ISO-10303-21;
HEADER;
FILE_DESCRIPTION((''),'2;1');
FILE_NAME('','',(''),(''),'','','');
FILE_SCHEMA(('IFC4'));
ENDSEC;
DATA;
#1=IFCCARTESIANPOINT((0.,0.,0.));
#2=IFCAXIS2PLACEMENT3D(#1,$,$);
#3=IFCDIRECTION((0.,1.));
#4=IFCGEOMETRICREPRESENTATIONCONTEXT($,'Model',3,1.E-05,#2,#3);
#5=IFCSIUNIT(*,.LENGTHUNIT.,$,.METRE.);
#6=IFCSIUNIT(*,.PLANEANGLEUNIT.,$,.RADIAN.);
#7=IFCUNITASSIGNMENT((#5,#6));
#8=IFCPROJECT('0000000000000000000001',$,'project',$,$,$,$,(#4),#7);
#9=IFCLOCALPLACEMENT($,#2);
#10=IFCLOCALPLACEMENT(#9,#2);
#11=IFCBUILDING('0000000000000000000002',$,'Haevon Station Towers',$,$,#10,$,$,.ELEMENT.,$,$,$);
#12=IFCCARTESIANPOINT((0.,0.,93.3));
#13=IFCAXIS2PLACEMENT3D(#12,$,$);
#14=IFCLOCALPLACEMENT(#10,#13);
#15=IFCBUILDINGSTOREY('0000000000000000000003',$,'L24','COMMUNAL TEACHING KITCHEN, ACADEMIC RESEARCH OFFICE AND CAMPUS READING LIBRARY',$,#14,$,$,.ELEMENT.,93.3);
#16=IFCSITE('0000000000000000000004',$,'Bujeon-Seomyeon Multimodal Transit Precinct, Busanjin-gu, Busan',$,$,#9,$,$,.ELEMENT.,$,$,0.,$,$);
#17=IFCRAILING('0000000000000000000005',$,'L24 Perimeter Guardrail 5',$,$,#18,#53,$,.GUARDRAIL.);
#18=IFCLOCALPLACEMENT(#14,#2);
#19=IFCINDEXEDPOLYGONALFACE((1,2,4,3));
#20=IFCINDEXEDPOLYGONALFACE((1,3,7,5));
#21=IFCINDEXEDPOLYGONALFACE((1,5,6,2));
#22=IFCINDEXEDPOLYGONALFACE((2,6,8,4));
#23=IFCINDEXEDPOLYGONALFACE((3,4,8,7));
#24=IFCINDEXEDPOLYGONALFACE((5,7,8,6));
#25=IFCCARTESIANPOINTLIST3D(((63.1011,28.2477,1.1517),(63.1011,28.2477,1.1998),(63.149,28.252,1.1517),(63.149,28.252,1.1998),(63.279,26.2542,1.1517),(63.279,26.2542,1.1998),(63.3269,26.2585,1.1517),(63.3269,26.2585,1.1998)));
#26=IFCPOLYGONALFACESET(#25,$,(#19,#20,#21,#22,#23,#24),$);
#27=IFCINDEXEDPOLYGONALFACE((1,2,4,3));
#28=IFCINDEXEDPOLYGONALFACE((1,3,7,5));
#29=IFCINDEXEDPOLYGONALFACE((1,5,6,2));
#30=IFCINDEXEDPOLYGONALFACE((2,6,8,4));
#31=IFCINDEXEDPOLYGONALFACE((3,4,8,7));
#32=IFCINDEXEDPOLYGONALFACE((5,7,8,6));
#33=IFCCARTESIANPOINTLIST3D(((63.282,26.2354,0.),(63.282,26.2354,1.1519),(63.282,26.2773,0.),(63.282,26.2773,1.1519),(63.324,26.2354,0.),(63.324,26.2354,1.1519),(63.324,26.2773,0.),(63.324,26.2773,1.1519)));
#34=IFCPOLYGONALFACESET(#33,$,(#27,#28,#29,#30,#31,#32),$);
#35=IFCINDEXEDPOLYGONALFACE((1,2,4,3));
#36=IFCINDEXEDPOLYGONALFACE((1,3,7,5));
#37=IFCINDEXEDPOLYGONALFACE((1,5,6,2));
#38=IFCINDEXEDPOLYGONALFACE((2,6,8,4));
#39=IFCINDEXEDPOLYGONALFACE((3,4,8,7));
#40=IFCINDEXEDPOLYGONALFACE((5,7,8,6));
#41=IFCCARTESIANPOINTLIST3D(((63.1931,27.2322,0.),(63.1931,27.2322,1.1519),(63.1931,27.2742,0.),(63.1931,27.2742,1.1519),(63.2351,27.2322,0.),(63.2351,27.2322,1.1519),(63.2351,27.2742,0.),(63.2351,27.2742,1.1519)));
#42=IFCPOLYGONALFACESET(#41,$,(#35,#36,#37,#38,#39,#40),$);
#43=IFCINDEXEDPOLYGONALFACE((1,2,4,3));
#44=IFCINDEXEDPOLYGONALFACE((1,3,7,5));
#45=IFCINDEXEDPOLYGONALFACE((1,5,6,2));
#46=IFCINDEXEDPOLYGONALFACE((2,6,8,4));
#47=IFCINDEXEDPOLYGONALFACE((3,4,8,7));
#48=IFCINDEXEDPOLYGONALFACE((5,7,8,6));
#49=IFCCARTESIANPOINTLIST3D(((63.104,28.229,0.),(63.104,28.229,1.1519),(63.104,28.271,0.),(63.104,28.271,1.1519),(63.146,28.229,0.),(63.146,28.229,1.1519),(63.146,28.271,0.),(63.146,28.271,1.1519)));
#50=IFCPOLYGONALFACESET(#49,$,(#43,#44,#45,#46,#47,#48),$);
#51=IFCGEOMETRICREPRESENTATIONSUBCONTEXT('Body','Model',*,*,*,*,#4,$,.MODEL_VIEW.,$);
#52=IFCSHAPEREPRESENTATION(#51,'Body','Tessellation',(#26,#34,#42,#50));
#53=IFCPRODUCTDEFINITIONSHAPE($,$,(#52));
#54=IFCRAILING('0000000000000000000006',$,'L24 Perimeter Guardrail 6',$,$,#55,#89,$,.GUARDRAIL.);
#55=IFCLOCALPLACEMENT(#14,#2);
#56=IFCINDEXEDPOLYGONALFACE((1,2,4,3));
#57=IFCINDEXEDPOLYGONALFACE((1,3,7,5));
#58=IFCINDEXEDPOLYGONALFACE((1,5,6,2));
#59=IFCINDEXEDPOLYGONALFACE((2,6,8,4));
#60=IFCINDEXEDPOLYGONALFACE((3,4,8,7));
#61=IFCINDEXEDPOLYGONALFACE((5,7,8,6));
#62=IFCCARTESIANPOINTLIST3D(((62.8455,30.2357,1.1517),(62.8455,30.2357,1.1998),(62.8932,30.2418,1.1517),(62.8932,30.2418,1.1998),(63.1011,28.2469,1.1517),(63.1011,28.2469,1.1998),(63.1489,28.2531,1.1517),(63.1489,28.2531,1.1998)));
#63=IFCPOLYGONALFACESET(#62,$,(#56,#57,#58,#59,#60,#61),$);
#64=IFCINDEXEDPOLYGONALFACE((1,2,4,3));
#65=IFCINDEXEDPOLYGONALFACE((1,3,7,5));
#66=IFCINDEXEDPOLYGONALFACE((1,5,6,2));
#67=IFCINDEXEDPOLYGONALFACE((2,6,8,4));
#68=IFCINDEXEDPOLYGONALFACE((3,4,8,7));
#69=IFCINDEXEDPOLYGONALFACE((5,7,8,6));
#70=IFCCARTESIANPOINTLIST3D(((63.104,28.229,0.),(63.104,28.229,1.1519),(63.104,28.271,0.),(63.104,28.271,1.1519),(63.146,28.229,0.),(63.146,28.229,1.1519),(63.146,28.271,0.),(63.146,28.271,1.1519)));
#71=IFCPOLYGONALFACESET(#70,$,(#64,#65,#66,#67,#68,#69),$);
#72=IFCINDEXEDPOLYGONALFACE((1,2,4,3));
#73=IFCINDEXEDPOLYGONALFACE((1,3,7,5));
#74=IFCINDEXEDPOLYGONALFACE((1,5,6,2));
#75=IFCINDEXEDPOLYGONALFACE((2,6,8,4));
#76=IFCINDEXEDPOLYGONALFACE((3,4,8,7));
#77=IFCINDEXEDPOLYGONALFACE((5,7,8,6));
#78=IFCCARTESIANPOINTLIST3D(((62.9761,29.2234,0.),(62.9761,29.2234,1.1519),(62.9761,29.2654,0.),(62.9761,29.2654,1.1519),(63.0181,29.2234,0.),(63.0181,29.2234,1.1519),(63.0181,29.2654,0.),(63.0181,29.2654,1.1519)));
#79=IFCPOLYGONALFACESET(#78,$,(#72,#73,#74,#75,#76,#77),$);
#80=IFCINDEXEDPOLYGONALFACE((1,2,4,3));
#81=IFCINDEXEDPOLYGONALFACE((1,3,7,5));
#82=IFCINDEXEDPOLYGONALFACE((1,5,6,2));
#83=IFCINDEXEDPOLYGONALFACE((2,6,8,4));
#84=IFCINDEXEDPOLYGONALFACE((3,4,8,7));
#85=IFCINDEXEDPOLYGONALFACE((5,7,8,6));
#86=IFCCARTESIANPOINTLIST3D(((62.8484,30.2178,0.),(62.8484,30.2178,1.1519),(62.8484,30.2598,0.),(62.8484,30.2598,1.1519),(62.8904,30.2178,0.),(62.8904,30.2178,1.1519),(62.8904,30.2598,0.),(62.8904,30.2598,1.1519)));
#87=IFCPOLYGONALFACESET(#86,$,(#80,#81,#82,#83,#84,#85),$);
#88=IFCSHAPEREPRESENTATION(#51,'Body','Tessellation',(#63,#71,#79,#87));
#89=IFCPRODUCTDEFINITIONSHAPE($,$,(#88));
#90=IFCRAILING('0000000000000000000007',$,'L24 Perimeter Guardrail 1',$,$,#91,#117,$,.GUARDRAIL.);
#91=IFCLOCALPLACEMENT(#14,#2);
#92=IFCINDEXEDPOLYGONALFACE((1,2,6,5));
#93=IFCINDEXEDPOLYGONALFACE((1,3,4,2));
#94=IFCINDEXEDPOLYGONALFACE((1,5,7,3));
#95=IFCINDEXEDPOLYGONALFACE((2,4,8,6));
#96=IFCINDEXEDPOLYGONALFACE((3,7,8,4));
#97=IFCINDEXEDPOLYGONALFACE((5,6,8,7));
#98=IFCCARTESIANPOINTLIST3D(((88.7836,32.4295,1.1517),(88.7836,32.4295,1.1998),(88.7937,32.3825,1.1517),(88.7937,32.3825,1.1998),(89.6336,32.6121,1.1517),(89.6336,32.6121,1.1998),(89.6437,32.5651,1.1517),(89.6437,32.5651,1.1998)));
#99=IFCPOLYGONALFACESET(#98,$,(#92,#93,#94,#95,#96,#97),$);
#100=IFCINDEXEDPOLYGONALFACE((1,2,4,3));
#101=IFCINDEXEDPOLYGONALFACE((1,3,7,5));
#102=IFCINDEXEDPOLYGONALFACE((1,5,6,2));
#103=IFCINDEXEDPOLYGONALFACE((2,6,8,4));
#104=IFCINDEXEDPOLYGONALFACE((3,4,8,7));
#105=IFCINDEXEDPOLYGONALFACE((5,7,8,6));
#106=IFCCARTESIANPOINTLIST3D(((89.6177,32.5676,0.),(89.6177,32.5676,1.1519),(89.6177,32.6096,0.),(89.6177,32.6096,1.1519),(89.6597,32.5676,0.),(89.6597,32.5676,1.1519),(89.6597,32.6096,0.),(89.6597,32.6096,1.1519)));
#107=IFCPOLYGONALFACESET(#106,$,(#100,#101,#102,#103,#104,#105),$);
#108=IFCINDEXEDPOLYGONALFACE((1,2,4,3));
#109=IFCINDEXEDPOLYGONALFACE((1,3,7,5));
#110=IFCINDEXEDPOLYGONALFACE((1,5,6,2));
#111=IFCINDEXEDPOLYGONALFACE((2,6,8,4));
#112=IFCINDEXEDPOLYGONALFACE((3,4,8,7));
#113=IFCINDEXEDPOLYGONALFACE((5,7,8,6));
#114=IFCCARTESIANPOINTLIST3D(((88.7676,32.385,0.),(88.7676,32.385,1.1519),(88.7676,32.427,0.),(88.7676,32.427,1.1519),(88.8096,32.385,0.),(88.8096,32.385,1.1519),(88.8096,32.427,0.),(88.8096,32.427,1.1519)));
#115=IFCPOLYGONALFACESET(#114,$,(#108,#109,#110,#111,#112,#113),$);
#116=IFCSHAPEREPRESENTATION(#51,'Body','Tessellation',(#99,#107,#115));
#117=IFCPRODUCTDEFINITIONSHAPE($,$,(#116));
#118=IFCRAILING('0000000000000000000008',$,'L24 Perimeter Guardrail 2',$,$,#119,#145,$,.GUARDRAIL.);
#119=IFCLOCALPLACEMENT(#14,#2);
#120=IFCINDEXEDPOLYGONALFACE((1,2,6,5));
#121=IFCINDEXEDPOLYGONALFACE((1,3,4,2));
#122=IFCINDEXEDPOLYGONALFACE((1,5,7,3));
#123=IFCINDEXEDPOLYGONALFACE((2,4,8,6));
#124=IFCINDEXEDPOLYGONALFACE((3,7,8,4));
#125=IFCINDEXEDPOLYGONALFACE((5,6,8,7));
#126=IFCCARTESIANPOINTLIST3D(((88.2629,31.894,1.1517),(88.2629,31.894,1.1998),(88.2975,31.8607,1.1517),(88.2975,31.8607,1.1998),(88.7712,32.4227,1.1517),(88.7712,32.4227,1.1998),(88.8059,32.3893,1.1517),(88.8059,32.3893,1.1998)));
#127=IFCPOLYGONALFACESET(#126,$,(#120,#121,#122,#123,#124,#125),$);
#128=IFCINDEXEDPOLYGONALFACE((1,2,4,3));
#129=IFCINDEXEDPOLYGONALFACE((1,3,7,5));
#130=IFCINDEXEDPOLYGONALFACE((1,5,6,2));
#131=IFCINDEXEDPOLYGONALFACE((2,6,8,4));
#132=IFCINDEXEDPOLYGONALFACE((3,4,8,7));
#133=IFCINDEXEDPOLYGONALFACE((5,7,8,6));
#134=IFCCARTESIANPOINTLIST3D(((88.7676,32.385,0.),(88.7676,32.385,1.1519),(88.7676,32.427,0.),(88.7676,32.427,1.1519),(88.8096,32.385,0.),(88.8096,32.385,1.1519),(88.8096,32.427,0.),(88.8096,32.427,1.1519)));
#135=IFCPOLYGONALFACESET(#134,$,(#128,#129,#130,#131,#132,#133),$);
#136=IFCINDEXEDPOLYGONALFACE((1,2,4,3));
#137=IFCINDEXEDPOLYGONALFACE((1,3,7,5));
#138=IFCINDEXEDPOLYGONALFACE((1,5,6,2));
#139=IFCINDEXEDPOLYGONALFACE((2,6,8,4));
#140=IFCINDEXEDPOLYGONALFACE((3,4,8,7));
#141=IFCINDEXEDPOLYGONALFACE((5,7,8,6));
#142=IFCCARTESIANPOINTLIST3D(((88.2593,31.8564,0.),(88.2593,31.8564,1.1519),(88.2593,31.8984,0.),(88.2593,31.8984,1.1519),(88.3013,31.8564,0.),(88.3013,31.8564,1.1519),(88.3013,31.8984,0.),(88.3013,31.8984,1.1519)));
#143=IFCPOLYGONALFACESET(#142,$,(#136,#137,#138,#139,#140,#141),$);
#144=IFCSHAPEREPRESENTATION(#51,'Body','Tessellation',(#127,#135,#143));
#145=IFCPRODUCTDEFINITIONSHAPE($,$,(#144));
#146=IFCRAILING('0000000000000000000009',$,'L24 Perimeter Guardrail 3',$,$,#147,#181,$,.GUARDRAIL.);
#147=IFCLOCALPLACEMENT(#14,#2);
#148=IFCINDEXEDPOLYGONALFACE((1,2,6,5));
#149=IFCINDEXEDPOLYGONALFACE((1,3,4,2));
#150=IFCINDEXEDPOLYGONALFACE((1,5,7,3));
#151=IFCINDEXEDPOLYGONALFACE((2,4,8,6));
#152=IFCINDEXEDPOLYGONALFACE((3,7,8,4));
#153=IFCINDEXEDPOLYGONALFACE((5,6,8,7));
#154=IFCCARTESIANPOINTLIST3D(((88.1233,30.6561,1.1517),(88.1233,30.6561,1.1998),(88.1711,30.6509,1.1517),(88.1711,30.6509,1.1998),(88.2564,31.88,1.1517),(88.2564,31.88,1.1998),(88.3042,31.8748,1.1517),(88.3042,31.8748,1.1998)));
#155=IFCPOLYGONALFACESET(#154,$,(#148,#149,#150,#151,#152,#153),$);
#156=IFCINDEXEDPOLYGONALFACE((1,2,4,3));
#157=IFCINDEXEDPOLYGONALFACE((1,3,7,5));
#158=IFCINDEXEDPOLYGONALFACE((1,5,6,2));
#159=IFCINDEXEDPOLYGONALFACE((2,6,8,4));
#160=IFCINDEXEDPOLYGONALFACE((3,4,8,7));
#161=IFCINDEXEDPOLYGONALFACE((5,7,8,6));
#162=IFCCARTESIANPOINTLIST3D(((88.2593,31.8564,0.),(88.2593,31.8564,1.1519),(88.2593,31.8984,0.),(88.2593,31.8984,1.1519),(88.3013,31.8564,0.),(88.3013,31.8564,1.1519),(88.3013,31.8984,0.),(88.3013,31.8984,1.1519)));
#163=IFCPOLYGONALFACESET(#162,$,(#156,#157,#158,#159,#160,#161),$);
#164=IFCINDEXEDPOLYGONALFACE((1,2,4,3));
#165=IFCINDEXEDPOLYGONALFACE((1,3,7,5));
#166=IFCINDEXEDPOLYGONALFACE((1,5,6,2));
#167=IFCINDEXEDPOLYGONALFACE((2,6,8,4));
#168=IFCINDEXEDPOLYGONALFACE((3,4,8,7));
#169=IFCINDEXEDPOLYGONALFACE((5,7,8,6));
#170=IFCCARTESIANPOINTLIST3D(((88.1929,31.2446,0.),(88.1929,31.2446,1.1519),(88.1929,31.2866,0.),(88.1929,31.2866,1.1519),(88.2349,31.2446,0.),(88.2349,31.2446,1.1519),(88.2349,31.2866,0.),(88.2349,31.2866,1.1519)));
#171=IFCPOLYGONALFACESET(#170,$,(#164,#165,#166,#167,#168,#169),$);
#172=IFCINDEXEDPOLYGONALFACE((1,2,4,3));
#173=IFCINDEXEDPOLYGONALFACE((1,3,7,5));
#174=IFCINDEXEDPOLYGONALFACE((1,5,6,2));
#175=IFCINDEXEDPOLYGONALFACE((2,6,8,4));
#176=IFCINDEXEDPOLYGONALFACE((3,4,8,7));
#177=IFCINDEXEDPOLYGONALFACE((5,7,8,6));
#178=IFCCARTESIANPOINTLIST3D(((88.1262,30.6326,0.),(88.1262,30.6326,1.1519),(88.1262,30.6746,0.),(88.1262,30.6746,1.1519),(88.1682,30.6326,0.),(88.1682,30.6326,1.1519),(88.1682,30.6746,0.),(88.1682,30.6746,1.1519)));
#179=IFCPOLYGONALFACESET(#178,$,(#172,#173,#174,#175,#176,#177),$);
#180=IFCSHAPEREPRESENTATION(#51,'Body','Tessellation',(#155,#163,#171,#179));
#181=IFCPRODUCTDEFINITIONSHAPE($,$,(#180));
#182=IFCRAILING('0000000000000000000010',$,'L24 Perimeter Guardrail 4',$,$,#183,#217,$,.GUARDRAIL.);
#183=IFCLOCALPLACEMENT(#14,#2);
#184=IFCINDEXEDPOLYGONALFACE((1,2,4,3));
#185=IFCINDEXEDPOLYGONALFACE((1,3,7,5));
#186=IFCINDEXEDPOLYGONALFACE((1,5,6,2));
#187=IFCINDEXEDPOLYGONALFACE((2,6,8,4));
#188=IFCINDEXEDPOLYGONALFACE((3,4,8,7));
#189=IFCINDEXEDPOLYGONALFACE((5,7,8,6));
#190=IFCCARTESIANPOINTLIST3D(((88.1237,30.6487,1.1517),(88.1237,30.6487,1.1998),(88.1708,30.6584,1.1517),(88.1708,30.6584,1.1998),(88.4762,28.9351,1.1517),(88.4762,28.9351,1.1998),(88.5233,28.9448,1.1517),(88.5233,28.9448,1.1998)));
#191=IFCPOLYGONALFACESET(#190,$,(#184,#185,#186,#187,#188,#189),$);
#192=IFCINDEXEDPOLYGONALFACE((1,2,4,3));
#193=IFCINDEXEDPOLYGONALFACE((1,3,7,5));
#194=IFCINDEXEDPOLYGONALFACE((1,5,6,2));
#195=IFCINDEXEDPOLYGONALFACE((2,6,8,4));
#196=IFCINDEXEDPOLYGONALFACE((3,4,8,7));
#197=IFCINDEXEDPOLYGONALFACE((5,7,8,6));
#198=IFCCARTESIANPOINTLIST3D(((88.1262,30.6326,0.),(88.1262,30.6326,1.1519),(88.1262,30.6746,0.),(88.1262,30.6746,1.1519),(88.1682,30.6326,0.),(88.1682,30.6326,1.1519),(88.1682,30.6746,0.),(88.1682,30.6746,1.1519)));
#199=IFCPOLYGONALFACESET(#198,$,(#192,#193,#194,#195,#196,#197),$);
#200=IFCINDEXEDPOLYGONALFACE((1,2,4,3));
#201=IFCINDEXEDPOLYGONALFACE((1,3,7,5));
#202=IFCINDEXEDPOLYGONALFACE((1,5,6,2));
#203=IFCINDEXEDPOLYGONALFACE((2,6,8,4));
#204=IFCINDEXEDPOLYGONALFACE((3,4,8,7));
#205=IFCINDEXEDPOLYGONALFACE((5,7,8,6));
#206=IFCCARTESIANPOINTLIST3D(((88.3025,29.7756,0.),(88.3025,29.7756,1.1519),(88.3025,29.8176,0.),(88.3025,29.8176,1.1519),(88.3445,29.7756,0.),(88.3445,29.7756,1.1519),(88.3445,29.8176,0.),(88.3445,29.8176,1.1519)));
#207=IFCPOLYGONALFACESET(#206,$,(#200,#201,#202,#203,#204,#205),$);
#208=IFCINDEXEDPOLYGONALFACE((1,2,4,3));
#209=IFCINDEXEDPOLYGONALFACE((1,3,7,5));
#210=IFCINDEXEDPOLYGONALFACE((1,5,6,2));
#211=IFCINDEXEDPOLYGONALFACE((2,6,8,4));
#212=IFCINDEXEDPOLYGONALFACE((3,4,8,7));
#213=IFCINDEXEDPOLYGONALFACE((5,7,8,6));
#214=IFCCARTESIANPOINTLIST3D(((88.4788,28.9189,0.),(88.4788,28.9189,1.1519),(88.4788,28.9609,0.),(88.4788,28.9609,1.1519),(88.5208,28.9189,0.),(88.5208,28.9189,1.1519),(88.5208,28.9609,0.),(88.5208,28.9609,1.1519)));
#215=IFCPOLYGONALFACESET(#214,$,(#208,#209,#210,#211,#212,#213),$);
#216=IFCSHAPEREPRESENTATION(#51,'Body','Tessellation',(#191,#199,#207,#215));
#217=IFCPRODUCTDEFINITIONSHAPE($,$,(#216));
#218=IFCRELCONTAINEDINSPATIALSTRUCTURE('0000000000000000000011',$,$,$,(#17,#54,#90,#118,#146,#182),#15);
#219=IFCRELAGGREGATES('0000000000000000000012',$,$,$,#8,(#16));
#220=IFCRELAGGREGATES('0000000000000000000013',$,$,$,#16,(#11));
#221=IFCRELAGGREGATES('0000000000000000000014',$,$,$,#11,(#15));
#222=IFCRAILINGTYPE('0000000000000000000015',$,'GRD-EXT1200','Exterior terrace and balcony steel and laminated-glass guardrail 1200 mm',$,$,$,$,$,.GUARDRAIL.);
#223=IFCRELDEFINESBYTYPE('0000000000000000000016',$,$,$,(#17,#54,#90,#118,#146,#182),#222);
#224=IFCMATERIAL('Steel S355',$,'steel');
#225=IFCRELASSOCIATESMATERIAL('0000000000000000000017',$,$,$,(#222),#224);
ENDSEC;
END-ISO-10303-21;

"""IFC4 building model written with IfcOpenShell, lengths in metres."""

from ifc_helpers import new_model, si_unit, direction, frame, origin, origin_2d, place, context, subcontext, project, spatial, rectangle, extrude, material, type_object, element, save


model = new_model("IFC4")

# Units and contexts
model_context = context("Model", 3, precision=1e-05, world=origin(), true_north=direction((0.0, 1.0)))
body_context = subcontext(model_context, "Body", "Model", "MODEL_VIEW")
ifc_project = project(units=[si_unit("LENGTHUNIT", "METRE"), si_unit("PLANEANGLEUNIT", "RADIAN")], contexts=[model_context])

# Site, building, storey
site_placement = place(None, origin())
site = spatial("IfcSite", under=ifc_project, at=site_placement, Name="Bujeon-Seomyeon Multimodal Transit Precinct, Busanjin-gu, Busan", CompositionType="ELEMENT", RefElevation=0.0)
building_placement = place(site_placement, origin())
building = spatial("IfcBuilding", under=site, at=building_placement, Name="Haevon Station Towers", CompositionType="ELEMENT")
storey_placement = place(building_placement, frame((0.0, 0.0, 93.3)))
storey = spatial("IfcBuildingStorey", under=building, at=storey_placement, Name="L24", Description="COMMUNAL TEACHING KITCHEN, ACADEMIC RESEARCH OFFICE AND CAMPUS READING LIBRARY", CompositionType="ELEMENT", Elevation=93.3)

# Shared definitions
ifc_material_1 = material(Name="Steel S355", Category="steel")

# Railings
railing_type = type_object("IfcRailingType", Name="GRD-EXT1200", Description="Exterior terrace and balcony steel and laminated-glass guardrail 1200 mm", PredefinedType="GUARDRAIL", material=ifc_material_1)
railing_1_placement = place(storey_placement, frame((63.303, 26.2563, 0.0)))
element("IfcRailing", 1, at=railing_1_placement, inside=storey, type_object=railing_type, Name="L24 Perimeter Guardrail 5", PredefinedType="GUARDRAIL", context=body_context, shape_type="SweptSolid", body=[
    extrude(rectangle(XDim=0.0481, YDim=0.0481, at=origin_2d()), frame((0.0, 0.0, 1.1758), z_axis=(-0.088919, 0.996039, 0.0), x_axis=(-0.996039, -0.088919, 0.0)), (0.0, 0.0, 1.0), 2.0015),
    extrude(rectangle(XDim=0.042, YDim=0.042, at=origin_2d()), origin(), (0.0, 0.0, 1.0), 1.1519),
    extrude(rectangle(XDim=0.042, YDim=0.042, at=origin_2d()), frame((-0.0889, 0.9968, 0.0)), (0.0, 0.0, 1.0), 1.1519),
    extrude(rectangle(XDim=0.042, YDim=0.042, at=origin_2d()), frame((-0.178, 1.9937, 0.0)), (0.0, 0.0, 1.0), 1.1519),
])
railing_2_placement = place(storey_placement, frame((63.125, 28.25, 0.0)))
element("IfcRailing", 2, at=railing_2_placement, inside=storey, type_object=railing_type, Name="L24 Perimeter Guardrail 6", PredefinedType="GUARDRAIL", context=body_context, shape_type="SweptSolid", body=[
    extrude(rectangle(XDim=0.0481, YDim=0.0481, at=origin_2d()), frame((0.0, 0.0, 1.1758), z_axis=(-0.127481, 0.991841, 0.0), x_axis=(-0.991841, -0.127481, 0.0)), (0.0, 0.0, 1.0), 2.0051),
    extrude(rectangle(XDim=0.042, YDim=0.042, at=origin_2d()), origin(), (0.0, 0.0, 1.0), 1.1519),
    extrude(rectangle(XDim=0.042, YDim=0.042, at=origin_2d()), frame((-0.1279, 0.9944, 0.0)), (0.0, 0.0, 1.0), 1.1519),
    extrude(rectangle(XDim=0.042, YDim=0.042, at=origin_2d()), frame((-0.2556, 1.9888, 0.0)), (0.0, 0.0, 1.0), 1.1519),
])
railing_3_placement = place(storey_placement, frame((89.6387, 32.5886, 0.0)))
element("IfcRailing", 3, at=railing_3_placement, inside=storey, type_object=railing_type, Name="L24 Perimeter Guardrail 1", PredefinedType="GUARDRAIL", context=body_context, shape_type="SweptSolid", body=[
    extrude(rectangle(XDim=0.0481, YDim=0.0481, at=origin_2d()), frame((0.0, 0.0, 1.1758), z_axis=(-0.977695, -0.210028, 0.0), x_axis=(0.210028, -0.977695, 0.0)), (0.0, 0.0, 1.0), 0.8694),
    extrude(rectangle(XDim=0.042, YDim=0.042, at=origin_2d()), origin(), (0.0, 0.0, 1.0), 1.1519),
    extrude(rectangle(XDim=0.042, YDim=0.042, at=origin_2d()), frame((-0.8501, -0.1826, 0.0)), (0.0, 0.0, 1.0), 1.1519),
])
railing_4_placement = place(storey_placement, frame((88.7886, 32.406, 0.0)))
element("IfcRailing", 4, at=railing_4_placement, inside=storey, type_object=railing_type, Name="L24 Perimeter Guardrail 2", PredefinedType="GUARDRAIL", context=body_context, shape_type="SweptSolid", body=[
    extrude(rectangle(XDim=0.0481, YDim=0.0481, at=origin_2d()), frame((0.0, 0.0, 1.1758), z_axis=(-0.693155, -0.720788, 0.0), x_axis=(0.720788, -0.693155, 0.0)), (0.0, 0.0, 1.0), 0.7334),
    extrude(rectangle(XDim=0.042, YDim=0.042, at=origin_2d()), origin(), (0.0, 0.0, 1.0), 1.1519),
    extrude(rectangle(XDim=0.042, YDim=0.042, at=origin_2d()), frame((-0.5083, -0.5286, 0.0)), (0.0, 0.0, 1.0), 1.1519),
])
railing_5_placement = place(storey_placement, frame((88.2803, 31.8774, 0.0)))
element("IfcRailing", 5, at=railing_5_placement, inside=storey, type_object=railing_type, Name="L24 Perimeter Guardrail 3", PredefinedType="GUARDRAIL", context=body_context, shape_type="SweptSolid", body=[
    extrude(rectangle(XDim=0.0481, YDim=0.0481, at=origin_2d()), frame((0.0, 0.0, 1.1758), z_axis=(-0.10808, -0.994142, 0.0), x_axis=(0.994142, -0.10808, 0.0)), (0.0, 0.0, 1.0), 1.2312),
    extrude(rectangle(XDim=0.042, YDim=0.042, at=origin_2d()), origin(), (0.0, 0.0, 1.0), 1.1519),
    extrude(rectangle(XDim=0.042, YDim=0.042, at=origin_2d()), frame((-0.0664, -0.6118, 0.0)), (0.0, 0.0, 1.0), 1.1519),
    extrude(rectangle(XDim=0.042, YDim=0.042, at=origin_2d()), frame((-0.1331, -1.2239, 0.0)), (0.0, 0.0, 1.0), 1.1519),
])
railing_6_placement = place(storey_placement, frame((88.1472, 30.6536, 0.0)))
element("IfcRailing", 6, at=railing_6_placement, inside=storey, type_object=railing_type, Name="L24 Perimeter Guardrail 4", PredefinedType="GUARDRAIL", context=body_context, shape_type="SweptSolid", body=[
    extrude(rectangle(XDim=0.0481, YDim=0.0481, at=origin_2d()), frame((0.0, 0.0, 1.1758), z_axis=(0.201507, -0.979487, 0.0), x_axis=(0.979487, 0.201507, 0.0)), (0.0, 0.0, 1.0), 1.7495),
    extrude(rectangle(XDim=0.042, YDim=0.042, at=origin_2d()), origin(), (0.0, 0.0, 1.0), 1.1519),
    extrude(rectangle(XDim=0.042, YDim=0.042, at=origin_2d()), frame((0.1763, -0.8569, 0.0)), (0.0, 0.0, 1.0), 1.1519),
    extrude(rectangle(XDim=0.042, YDim=0.042, at=origin_2d()), frame((0.3525, -1.7136, 0.0)), (0.0, 0.0, 1.0), 1.1519),
])

save(model, "model.ifc")
